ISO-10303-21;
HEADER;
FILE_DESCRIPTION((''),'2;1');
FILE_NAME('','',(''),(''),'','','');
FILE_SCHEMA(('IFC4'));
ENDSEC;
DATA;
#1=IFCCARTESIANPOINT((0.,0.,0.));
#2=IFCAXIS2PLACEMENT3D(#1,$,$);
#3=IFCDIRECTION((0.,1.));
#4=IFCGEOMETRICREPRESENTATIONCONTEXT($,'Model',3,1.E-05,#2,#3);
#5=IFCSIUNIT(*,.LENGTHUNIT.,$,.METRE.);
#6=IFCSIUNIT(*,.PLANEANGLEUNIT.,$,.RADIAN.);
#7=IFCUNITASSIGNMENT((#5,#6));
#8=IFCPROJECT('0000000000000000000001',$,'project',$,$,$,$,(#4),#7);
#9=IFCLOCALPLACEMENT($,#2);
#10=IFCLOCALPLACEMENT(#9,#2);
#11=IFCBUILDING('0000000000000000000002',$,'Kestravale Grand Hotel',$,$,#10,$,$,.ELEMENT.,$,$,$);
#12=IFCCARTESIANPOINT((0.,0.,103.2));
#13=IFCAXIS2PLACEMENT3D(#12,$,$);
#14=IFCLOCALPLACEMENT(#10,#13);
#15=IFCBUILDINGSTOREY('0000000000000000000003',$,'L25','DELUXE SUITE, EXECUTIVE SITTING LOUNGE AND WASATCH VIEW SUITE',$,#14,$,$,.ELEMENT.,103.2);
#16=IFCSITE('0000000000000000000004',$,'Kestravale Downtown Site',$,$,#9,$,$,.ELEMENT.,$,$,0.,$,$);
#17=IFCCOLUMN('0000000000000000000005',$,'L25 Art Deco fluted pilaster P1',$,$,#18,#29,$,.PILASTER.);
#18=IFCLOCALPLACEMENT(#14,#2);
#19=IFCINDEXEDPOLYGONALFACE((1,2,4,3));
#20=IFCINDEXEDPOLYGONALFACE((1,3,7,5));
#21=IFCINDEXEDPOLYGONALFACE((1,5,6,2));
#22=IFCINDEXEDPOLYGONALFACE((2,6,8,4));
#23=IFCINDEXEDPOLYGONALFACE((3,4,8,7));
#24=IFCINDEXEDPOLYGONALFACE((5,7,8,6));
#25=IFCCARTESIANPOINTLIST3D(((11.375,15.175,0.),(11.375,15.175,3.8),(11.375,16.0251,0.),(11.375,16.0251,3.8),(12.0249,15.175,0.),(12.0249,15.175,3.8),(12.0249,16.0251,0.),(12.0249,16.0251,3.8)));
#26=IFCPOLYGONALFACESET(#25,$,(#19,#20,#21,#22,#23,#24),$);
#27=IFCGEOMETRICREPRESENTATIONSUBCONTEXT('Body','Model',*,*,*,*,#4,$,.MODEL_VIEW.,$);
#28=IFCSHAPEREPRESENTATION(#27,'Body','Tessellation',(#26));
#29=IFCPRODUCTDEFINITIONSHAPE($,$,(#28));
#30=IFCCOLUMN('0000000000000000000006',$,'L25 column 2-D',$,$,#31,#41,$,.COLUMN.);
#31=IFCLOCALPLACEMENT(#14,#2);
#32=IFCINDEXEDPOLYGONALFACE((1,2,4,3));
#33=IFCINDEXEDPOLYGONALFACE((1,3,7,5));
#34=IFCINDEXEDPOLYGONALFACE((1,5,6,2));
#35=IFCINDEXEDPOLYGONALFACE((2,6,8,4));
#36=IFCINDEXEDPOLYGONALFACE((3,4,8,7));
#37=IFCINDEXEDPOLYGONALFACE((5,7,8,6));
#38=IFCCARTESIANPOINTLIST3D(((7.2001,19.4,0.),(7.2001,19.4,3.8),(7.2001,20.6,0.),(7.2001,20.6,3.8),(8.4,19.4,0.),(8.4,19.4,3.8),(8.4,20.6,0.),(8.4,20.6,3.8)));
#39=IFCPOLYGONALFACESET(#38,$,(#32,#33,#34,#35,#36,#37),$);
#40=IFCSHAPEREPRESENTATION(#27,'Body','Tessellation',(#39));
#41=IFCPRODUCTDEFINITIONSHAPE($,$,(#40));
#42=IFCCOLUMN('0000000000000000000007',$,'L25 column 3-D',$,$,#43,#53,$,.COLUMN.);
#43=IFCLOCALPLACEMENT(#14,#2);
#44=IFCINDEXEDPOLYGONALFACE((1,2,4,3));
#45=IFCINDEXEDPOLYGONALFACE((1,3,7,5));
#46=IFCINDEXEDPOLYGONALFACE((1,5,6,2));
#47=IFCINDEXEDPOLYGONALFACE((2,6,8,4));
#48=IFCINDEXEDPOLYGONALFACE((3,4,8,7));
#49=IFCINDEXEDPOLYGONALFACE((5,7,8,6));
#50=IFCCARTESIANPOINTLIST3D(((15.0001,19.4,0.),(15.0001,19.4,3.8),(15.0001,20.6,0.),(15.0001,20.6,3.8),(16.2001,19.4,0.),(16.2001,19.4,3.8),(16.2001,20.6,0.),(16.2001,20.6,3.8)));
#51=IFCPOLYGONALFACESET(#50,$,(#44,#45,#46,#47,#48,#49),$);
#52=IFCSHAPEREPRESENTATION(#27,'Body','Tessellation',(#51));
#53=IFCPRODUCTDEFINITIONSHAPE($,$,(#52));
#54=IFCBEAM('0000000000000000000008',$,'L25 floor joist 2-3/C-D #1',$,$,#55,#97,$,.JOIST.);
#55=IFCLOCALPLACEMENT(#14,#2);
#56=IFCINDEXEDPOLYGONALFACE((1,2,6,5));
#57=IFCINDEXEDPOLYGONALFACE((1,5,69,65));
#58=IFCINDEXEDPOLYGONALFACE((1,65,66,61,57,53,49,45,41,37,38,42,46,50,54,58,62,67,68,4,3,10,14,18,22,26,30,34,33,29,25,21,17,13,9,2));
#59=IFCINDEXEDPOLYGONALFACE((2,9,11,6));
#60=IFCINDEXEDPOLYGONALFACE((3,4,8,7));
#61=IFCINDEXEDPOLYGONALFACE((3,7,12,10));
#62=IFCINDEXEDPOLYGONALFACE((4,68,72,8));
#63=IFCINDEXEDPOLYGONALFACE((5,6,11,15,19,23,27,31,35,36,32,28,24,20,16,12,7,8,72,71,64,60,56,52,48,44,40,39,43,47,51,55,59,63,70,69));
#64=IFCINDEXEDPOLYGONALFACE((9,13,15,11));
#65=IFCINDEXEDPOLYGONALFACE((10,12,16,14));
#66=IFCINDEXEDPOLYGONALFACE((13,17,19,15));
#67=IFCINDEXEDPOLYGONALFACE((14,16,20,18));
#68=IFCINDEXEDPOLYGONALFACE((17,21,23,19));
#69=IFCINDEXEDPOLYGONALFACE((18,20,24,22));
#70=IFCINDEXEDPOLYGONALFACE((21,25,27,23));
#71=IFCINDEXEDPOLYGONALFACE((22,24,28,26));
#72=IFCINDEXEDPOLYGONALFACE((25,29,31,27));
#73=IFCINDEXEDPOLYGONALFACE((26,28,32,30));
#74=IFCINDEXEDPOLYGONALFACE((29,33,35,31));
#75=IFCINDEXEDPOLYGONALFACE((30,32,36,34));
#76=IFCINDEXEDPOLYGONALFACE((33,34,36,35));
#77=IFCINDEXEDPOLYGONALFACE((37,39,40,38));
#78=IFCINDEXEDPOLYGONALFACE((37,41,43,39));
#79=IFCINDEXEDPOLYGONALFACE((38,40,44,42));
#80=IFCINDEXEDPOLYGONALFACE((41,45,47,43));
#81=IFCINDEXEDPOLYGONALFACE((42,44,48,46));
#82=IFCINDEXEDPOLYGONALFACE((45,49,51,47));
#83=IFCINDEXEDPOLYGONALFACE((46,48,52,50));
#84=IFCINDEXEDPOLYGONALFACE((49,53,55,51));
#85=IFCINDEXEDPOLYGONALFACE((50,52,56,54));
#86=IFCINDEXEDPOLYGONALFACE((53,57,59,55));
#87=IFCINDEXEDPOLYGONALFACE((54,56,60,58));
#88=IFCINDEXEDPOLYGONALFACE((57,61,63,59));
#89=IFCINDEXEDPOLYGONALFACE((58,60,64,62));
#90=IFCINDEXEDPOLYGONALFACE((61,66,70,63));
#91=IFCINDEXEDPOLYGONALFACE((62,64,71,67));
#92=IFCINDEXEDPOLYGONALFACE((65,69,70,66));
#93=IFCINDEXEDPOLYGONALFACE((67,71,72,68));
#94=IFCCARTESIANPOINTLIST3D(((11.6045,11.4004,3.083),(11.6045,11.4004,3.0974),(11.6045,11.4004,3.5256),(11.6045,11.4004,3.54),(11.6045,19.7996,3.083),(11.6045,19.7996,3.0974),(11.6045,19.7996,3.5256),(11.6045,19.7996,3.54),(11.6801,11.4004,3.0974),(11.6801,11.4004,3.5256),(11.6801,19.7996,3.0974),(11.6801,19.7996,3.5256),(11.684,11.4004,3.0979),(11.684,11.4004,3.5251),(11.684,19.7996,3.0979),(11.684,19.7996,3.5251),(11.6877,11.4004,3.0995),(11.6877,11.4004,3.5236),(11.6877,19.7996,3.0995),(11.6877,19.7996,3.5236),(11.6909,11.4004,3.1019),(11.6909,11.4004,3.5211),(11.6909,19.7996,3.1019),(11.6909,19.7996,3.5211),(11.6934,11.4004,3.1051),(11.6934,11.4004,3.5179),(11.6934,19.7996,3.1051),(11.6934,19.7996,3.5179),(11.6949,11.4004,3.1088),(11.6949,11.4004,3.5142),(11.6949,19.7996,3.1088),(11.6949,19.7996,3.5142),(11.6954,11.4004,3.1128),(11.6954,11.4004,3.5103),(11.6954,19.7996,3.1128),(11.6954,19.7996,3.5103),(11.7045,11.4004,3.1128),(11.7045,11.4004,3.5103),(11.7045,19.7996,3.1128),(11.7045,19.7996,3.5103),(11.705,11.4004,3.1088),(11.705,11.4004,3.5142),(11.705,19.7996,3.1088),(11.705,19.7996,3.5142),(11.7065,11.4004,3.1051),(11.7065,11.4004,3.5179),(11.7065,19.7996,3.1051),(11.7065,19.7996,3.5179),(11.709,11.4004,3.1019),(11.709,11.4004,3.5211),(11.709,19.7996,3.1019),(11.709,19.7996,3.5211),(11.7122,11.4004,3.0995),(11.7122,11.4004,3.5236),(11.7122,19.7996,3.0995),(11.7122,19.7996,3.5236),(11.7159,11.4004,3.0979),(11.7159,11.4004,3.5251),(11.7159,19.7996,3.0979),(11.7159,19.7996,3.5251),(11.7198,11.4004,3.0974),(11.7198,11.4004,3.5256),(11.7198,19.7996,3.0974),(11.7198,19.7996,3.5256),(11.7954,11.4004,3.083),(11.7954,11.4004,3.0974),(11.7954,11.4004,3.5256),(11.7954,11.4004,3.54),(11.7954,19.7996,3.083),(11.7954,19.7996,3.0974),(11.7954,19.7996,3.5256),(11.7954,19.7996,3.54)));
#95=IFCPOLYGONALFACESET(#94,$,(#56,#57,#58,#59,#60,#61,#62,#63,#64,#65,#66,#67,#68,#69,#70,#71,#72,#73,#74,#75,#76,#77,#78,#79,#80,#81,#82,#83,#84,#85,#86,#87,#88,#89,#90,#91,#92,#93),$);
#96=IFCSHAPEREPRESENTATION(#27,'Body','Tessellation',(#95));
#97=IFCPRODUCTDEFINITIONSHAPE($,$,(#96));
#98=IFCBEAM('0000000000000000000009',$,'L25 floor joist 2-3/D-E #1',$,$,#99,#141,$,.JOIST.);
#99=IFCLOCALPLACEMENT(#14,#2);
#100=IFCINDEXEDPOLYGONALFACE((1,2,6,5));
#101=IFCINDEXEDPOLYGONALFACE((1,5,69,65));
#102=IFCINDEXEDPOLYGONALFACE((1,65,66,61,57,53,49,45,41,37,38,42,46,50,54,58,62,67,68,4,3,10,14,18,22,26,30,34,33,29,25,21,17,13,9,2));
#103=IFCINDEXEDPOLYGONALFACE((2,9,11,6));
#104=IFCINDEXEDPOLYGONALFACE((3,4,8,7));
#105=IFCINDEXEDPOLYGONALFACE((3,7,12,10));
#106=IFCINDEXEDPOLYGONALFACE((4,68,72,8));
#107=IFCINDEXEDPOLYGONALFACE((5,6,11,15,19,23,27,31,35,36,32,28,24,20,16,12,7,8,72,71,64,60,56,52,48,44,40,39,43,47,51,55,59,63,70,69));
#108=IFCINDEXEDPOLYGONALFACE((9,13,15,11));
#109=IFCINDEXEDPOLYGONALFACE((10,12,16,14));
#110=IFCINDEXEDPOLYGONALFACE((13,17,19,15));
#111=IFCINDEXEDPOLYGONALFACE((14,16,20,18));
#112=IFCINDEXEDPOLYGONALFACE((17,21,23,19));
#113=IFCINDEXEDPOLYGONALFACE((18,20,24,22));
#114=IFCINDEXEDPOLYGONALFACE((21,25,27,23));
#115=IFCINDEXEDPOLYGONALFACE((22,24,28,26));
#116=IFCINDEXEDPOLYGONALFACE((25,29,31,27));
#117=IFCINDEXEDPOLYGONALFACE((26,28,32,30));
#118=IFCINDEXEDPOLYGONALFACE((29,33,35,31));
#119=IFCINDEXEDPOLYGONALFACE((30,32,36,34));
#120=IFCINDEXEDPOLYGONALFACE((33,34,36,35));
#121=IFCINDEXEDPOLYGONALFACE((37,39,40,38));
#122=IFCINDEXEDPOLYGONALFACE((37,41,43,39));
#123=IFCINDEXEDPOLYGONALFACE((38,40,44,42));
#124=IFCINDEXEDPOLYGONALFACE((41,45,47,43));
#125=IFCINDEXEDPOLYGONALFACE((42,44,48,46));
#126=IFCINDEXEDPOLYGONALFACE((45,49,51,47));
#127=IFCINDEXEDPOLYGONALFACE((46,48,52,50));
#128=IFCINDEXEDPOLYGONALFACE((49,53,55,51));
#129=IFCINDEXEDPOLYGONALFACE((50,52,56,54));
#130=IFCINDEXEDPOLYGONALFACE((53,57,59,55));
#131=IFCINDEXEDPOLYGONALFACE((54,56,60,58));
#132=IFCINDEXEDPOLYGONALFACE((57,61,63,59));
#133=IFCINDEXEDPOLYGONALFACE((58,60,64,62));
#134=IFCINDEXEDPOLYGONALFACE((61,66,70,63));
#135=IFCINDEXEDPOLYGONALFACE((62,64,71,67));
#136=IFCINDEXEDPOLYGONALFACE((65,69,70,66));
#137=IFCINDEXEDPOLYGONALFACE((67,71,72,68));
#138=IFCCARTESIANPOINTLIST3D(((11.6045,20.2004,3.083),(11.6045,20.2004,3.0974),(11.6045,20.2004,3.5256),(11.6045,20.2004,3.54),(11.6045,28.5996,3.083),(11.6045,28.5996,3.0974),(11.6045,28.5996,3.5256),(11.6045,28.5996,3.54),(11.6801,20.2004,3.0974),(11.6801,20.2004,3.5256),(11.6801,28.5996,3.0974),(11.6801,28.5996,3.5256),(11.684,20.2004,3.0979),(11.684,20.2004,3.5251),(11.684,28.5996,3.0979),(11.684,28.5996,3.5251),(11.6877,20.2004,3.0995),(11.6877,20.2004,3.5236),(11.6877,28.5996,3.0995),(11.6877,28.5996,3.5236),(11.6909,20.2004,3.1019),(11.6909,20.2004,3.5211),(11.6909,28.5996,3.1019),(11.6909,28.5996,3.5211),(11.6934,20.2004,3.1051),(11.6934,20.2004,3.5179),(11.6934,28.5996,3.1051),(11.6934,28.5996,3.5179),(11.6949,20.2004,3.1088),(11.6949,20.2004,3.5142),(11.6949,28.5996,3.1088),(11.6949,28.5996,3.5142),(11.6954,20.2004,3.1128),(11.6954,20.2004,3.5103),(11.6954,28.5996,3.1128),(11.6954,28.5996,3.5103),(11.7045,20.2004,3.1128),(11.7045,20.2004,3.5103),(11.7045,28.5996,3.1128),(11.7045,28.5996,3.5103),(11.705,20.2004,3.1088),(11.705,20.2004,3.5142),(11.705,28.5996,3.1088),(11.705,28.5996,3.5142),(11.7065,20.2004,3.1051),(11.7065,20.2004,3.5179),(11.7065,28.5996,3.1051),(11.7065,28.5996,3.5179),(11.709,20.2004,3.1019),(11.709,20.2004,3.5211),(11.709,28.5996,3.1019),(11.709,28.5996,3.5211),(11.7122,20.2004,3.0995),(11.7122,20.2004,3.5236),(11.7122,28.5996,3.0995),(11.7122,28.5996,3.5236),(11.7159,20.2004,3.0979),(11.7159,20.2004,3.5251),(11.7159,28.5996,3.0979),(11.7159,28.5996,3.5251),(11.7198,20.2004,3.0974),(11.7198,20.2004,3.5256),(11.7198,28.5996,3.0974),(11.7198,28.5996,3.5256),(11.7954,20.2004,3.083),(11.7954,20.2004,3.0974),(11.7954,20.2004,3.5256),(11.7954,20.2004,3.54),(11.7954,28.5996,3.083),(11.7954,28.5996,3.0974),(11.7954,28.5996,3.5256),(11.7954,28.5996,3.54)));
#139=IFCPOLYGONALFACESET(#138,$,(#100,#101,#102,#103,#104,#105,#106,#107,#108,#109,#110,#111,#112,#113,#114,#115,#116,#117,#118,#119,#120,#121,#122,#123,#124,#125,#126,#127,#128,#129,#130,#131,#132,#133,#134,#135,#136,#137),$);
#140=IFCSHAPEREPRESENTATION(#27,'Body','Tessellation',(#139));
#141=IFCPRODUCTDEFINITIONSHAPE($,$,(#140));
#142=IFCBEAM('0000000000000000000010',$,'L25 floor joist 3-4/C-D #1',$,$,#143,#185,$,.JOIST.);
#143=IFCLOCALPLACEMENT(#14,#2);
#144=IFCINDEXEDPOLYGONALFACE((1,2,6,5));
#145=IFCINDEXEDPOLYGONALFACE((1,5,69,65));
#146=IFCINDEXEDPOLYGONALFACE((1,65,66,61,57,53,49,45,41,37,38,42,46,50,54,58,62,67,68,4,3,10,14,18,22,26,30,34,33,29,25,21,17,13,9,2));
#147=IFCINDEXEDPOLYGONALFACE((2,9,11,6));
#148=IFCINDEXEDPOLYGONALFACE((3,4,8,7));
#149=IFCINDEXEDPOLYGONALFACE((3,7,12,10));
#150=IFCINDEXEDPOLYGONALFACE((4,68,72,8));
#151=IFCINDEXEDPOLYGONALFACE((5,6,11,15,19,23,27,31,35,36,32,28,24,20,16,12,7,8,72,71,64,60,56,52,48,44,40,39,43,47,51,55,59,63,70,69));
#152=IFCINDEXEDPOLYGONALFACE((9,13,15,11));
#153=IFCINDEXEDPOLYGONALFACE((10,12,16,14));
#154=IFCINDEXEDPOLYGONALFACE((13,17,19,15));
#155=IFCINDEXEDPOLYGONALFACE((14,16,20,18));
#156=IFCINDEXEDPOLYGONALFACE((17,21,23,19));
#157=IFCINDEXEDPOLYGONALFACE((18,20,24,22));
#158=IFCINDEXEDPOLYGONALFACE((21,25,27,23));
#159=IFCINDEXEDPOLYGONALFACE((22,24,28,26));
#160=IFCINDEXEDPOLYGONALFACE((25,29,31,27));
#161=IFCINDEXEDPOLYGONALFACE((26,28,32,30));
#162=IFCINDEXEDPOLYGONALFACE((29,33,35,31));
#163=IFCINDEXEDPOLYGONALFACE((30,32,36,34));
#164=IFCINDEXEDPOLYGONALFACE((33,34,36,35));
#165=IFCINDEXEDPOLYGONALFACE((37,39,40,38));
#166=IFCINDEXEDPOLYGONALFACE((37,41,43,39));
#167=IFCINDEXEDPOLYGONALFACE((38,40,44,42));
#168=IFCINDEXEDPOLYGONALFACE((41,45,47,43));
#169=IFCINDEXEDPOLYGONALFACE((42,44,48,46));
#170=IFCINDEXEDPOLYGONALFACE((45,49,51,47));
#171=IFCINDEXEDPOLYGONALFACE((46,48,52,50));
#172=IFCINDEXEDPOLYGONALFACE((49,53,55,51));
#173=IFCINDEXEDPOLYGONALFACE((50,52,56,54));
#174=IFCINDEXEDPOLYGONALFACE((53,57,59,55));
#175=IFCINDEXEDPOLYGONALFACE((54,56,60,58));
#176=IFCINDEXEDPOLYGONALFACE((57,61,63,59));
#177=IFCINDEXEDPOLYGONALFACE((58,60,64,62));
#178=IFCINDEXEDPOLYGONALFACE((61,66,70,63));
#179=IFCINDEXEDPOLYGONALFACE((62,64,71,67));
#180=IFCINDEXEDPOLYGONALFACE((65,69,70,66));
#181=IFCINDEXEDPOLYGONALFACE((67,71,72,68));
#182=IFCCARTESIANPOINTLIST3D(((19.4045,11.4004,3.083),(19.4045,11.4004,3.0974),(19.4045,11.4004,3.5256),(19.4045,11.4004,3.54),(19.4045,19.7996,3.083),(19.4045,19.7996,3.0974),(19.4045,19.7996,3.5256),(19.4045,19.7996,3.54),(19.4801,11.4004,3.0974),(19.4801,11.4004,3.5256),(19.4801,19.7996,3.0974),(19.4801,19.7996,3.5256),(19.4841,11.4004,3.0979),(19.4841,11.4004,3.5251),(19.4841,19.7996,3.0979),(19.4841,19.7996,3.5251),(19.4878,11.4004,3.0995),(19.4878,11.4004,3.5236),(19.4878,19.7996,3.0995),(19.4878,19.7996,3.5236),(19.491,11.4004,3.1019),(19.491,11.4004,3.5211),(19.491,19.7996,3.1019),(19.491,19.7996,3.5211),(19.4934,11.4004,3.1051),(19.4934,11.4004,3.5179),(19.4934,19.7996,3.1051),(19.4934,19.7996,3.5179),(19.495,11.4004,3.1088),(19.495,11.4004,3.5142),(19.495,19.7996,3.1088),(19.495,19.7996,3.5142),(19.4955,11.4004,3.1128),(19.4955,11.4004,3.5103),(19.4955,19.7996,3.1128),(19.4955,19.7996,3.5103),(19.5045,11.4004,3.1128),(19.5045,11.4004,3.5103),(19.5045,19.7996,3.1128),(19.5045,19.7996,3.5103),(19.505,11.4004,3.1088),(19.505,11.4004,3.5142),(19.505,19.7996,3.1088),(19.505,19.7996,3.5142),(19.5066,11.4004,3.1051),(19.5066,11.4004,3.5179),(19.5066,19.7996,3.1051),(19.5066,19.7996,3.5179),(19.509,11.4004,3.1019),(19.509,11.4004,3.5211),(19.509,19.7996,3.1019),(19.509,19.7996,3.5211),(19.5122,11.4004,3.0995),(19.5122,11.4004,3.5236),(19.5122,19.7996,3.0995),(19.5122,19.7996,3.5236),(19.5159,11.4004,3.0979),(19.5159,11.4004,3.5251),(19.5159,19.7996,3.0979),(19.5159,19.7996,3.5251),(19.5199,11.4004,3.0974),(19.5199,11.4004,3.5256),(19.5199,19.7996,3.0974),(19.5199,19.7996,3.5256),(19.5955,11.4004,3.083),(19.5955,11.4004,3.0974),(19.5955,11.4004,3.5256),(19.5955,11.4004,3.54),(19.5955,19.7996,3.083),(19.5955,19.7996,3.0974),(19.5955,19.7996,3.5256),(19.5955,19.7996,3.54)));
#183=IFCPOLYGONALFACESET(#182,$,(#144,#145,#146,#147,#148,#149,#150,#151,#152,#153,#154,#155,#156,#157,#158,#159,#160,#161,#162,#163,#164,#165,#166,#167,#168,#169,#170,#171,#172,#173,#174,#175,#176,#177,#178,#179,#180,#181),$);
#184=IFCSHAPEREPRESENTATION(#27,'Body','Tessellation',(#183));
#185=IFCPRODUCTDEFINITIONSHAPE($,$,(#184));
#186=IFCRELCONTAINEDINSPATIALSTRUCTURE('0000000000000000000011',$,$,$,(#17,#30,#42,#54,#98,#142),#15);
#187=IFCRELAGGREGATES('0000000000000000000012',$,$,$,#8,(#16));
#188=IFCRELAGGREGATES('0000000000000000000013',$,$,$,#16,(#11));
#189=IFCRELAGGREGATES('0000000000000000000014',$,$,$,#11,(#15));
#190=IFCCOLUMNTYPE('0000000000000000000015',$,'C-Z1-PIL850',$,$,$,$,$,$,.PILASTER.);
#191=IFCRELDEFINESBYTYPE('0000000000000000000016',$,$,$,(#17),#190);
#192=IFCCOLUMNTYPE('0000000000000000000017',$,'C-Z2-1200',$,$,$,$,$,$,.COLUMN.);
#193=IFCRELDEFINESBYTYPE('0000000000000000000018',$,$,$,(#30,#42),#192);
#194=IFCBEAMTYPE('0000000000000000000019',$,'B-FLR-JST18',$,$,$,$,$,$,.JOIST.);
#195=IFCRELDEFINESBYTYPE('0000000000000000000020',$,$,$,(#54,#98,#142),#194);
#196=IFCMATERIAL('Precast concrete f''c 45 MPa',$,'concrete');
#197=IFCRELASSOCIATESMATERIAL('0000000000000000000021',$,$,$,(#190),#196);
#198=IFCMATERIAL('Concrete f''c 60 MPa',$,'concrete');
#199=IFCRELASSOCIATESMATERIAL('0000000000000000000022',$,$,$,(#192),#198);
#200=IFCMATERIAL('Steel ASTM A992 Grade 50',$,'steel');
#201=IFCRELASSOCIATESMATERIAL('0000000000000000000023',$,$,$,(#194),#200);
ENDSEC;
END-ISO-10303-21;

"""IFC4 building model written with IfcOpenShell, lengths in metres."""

from ifc_helpers import new_model, si_unit, direction, frame, origin, origin_2d, place, context, subcontext, project, spatial, rectangle, i_section, extrude, material, material_profile, profile_set, type_object, element, save


model = new_model("IFC4")

# Units and contexts
model_context = context("Model", 3, precision=1e-05, world=origin(), true_north=direction((0.0, 1.0)))
body_context = subcontext(model_context, "Body", "Model", "MODEL_VIEW")
ifc_project = project(units=[si_unit("LENGTHUNIT", "METRE"), si_unit("PLANEANGLEUNIT", "RADIAN")], contexts=[model_context])

# Site, building, storey
site_placement = place(None, origin())
site = spatial("IfcSite", under=ifc_project, at=site_placement, Name="Kestravale Downtown Site", CompositionType="ELEMENT", RefElevation=0.0)
building_placement = place(site_placement, origin())
building = spatial("IfcBuilding", under=site, at=building_placement, Name="Kestravale Grand Hotel", CompositionType="ELEMENT")
storey_placement = place(building_placement, frame((0.0, 0.0, 103.2)))
storey = spatial("IfcBuildingStorey", under=building, at=storey_placement, Name="L25", Description="DELUXE SUITE, EXECUTIVE SITTING LOUNGE AND WASATCH VIEW SUITE", CompositionType="ELEMENT", Elevation=103.2)

# Columns
ifc_material_1 = material(Name="Precast concrete f'c 45 MPa", Category="concrete")
ifc_material_profile_1 = material_profile(ifc_material_1, rectangle(XDim=0.6499, YDim=0.8501, at=origin_2d()))
ifc_profile_set_1 = profile_set([ifc_material_profile_1], Name="Precast concrete f'c 45 MPa")
column_type_1 = type_object("IfcColumnType", Name="C-Z1-PIL850", PredefinedType="PILASTER", material=ifc_profile_set_1)
column_placement = place(storey_placement, frame((11.7, 15.6001, 0.0), z_axis=(0.0, 0.0, 1.0), x_axis=(1.0, 0.0, 0.0)))
element("IfcColumn", 1, at=column_placement, inside=storey, type_object=column_type_1, Name="L25 Art Deco fluted pilaster P1", PredefinedType="PILASTER", context=body_context, shape_type="SweptSolid", body=[
    extrude(rectangle(XDim=0.6499, YDim=0.8501, at=origin_2d()), origin(), (0.0, 0.0, 1.0), 3.8),
])
ifc_material_2 = material(Name="Concrete f'c 60 MPa", Category="concrete")
ifc_material_profile_2 = material_profile(ifc_material_2, rectangle(XDim=1.2, YDim=1.2, at=origin_2d()))
ifc_profile_set_2 = profile_set([ifc_material_profile_2], Name="Concrete f'c 60 MPa")
column_type_2 = type_object("IfcColumnType", Name="C-Z2-1200", PredefinedType="COLUMN", material=ifc_profile_set_2)
for number, where, z_axis, x_axis, name in (
    (2, (7.8, 20.0, 0.0), (0.0, 0.0, 1.0), (1.0, 0.0, 0.0), "L25 column 2-D"),
    (3, (15.6001, 20.0, 0.0), (0.0, 0.0, 1.0), (1.0, 0.0, 0.0), "L25 column 3-D"),
):
    element("IfcColumn", number, at=place(storey_placement, frame(where, z_axis=z_axis, x_axis=x_axis)), inside=storey, type_object=column_type_2, Name=name, PredefinedType="COLUMN", context=body_context, shape_type="SweptSolid", body=[
        extrude(rectangle(XDim=1.2, YDim=1.2, at=origin_2d()), origin(), (0.0, 0.0, 1.0), 3.8),
    ])

# Beams
ifc_material_3 = material(Name="Steel ASTM A992 Grade 50", Category="steel")
ifc_material_profile_3 = material_profile(ifc_material_3, i_section(OverallWidth=0.1909, OverallDepth=0.457, WebThickness=0.009, FlangeThickness=0.0144, FilletRadius=0.0154, at=origin_2d()))
ifc_profile_set_3 = profile_set([ifc_material_profile_3], Name="Steel ASTM A992 Grade 50")
beam_type_1 = type_object("IfcBeamType", Name="B-FLR-JST18", PredefinedType="JOIST", material=ifc_profile_set_3)
for number, where, z_axis, x_axis, name in (
    (4, (11.7, 11.4004, 3.3115), (0.0, 1.0, 0.0), (-1.0, 0.0, 0.0), "L25 floor joist 2-3/C-D #1"),
    (5, (11.7, 20.2004, 3.3115), (0.0, 1.0, 0.0), (-1.0, 0.0, 0.0), "L25 floor joist 2-3/D-E #1"),
    (6, (19.5, 11.4004, 3.3115), (0.0, 1.0, 0.0), (-1.0, 0.0, 0.0), "L25 floor joist 3-4/C-D #1"),
):
    element("IfcBeam", number, at=place(storey_placement, frame(where, z_axis=z_axis, x_axis=x_axis)), inside=storey, type_object=beam_type_1, Name=name, PredefinedType="JOIST", context=body_context, shape_type="SweptSolid", body=[
        extrude(i_section(OverallWidth=0.1909, OverallDepth=0.457, WebThickness=0.009, FlangeThickness=0.0144, FilletRadius=0.0154, at=origin_2d()), origin(), (0.0, 0.0, 1.0), 8.3992),
    ])

save(model, "model.ifc")
